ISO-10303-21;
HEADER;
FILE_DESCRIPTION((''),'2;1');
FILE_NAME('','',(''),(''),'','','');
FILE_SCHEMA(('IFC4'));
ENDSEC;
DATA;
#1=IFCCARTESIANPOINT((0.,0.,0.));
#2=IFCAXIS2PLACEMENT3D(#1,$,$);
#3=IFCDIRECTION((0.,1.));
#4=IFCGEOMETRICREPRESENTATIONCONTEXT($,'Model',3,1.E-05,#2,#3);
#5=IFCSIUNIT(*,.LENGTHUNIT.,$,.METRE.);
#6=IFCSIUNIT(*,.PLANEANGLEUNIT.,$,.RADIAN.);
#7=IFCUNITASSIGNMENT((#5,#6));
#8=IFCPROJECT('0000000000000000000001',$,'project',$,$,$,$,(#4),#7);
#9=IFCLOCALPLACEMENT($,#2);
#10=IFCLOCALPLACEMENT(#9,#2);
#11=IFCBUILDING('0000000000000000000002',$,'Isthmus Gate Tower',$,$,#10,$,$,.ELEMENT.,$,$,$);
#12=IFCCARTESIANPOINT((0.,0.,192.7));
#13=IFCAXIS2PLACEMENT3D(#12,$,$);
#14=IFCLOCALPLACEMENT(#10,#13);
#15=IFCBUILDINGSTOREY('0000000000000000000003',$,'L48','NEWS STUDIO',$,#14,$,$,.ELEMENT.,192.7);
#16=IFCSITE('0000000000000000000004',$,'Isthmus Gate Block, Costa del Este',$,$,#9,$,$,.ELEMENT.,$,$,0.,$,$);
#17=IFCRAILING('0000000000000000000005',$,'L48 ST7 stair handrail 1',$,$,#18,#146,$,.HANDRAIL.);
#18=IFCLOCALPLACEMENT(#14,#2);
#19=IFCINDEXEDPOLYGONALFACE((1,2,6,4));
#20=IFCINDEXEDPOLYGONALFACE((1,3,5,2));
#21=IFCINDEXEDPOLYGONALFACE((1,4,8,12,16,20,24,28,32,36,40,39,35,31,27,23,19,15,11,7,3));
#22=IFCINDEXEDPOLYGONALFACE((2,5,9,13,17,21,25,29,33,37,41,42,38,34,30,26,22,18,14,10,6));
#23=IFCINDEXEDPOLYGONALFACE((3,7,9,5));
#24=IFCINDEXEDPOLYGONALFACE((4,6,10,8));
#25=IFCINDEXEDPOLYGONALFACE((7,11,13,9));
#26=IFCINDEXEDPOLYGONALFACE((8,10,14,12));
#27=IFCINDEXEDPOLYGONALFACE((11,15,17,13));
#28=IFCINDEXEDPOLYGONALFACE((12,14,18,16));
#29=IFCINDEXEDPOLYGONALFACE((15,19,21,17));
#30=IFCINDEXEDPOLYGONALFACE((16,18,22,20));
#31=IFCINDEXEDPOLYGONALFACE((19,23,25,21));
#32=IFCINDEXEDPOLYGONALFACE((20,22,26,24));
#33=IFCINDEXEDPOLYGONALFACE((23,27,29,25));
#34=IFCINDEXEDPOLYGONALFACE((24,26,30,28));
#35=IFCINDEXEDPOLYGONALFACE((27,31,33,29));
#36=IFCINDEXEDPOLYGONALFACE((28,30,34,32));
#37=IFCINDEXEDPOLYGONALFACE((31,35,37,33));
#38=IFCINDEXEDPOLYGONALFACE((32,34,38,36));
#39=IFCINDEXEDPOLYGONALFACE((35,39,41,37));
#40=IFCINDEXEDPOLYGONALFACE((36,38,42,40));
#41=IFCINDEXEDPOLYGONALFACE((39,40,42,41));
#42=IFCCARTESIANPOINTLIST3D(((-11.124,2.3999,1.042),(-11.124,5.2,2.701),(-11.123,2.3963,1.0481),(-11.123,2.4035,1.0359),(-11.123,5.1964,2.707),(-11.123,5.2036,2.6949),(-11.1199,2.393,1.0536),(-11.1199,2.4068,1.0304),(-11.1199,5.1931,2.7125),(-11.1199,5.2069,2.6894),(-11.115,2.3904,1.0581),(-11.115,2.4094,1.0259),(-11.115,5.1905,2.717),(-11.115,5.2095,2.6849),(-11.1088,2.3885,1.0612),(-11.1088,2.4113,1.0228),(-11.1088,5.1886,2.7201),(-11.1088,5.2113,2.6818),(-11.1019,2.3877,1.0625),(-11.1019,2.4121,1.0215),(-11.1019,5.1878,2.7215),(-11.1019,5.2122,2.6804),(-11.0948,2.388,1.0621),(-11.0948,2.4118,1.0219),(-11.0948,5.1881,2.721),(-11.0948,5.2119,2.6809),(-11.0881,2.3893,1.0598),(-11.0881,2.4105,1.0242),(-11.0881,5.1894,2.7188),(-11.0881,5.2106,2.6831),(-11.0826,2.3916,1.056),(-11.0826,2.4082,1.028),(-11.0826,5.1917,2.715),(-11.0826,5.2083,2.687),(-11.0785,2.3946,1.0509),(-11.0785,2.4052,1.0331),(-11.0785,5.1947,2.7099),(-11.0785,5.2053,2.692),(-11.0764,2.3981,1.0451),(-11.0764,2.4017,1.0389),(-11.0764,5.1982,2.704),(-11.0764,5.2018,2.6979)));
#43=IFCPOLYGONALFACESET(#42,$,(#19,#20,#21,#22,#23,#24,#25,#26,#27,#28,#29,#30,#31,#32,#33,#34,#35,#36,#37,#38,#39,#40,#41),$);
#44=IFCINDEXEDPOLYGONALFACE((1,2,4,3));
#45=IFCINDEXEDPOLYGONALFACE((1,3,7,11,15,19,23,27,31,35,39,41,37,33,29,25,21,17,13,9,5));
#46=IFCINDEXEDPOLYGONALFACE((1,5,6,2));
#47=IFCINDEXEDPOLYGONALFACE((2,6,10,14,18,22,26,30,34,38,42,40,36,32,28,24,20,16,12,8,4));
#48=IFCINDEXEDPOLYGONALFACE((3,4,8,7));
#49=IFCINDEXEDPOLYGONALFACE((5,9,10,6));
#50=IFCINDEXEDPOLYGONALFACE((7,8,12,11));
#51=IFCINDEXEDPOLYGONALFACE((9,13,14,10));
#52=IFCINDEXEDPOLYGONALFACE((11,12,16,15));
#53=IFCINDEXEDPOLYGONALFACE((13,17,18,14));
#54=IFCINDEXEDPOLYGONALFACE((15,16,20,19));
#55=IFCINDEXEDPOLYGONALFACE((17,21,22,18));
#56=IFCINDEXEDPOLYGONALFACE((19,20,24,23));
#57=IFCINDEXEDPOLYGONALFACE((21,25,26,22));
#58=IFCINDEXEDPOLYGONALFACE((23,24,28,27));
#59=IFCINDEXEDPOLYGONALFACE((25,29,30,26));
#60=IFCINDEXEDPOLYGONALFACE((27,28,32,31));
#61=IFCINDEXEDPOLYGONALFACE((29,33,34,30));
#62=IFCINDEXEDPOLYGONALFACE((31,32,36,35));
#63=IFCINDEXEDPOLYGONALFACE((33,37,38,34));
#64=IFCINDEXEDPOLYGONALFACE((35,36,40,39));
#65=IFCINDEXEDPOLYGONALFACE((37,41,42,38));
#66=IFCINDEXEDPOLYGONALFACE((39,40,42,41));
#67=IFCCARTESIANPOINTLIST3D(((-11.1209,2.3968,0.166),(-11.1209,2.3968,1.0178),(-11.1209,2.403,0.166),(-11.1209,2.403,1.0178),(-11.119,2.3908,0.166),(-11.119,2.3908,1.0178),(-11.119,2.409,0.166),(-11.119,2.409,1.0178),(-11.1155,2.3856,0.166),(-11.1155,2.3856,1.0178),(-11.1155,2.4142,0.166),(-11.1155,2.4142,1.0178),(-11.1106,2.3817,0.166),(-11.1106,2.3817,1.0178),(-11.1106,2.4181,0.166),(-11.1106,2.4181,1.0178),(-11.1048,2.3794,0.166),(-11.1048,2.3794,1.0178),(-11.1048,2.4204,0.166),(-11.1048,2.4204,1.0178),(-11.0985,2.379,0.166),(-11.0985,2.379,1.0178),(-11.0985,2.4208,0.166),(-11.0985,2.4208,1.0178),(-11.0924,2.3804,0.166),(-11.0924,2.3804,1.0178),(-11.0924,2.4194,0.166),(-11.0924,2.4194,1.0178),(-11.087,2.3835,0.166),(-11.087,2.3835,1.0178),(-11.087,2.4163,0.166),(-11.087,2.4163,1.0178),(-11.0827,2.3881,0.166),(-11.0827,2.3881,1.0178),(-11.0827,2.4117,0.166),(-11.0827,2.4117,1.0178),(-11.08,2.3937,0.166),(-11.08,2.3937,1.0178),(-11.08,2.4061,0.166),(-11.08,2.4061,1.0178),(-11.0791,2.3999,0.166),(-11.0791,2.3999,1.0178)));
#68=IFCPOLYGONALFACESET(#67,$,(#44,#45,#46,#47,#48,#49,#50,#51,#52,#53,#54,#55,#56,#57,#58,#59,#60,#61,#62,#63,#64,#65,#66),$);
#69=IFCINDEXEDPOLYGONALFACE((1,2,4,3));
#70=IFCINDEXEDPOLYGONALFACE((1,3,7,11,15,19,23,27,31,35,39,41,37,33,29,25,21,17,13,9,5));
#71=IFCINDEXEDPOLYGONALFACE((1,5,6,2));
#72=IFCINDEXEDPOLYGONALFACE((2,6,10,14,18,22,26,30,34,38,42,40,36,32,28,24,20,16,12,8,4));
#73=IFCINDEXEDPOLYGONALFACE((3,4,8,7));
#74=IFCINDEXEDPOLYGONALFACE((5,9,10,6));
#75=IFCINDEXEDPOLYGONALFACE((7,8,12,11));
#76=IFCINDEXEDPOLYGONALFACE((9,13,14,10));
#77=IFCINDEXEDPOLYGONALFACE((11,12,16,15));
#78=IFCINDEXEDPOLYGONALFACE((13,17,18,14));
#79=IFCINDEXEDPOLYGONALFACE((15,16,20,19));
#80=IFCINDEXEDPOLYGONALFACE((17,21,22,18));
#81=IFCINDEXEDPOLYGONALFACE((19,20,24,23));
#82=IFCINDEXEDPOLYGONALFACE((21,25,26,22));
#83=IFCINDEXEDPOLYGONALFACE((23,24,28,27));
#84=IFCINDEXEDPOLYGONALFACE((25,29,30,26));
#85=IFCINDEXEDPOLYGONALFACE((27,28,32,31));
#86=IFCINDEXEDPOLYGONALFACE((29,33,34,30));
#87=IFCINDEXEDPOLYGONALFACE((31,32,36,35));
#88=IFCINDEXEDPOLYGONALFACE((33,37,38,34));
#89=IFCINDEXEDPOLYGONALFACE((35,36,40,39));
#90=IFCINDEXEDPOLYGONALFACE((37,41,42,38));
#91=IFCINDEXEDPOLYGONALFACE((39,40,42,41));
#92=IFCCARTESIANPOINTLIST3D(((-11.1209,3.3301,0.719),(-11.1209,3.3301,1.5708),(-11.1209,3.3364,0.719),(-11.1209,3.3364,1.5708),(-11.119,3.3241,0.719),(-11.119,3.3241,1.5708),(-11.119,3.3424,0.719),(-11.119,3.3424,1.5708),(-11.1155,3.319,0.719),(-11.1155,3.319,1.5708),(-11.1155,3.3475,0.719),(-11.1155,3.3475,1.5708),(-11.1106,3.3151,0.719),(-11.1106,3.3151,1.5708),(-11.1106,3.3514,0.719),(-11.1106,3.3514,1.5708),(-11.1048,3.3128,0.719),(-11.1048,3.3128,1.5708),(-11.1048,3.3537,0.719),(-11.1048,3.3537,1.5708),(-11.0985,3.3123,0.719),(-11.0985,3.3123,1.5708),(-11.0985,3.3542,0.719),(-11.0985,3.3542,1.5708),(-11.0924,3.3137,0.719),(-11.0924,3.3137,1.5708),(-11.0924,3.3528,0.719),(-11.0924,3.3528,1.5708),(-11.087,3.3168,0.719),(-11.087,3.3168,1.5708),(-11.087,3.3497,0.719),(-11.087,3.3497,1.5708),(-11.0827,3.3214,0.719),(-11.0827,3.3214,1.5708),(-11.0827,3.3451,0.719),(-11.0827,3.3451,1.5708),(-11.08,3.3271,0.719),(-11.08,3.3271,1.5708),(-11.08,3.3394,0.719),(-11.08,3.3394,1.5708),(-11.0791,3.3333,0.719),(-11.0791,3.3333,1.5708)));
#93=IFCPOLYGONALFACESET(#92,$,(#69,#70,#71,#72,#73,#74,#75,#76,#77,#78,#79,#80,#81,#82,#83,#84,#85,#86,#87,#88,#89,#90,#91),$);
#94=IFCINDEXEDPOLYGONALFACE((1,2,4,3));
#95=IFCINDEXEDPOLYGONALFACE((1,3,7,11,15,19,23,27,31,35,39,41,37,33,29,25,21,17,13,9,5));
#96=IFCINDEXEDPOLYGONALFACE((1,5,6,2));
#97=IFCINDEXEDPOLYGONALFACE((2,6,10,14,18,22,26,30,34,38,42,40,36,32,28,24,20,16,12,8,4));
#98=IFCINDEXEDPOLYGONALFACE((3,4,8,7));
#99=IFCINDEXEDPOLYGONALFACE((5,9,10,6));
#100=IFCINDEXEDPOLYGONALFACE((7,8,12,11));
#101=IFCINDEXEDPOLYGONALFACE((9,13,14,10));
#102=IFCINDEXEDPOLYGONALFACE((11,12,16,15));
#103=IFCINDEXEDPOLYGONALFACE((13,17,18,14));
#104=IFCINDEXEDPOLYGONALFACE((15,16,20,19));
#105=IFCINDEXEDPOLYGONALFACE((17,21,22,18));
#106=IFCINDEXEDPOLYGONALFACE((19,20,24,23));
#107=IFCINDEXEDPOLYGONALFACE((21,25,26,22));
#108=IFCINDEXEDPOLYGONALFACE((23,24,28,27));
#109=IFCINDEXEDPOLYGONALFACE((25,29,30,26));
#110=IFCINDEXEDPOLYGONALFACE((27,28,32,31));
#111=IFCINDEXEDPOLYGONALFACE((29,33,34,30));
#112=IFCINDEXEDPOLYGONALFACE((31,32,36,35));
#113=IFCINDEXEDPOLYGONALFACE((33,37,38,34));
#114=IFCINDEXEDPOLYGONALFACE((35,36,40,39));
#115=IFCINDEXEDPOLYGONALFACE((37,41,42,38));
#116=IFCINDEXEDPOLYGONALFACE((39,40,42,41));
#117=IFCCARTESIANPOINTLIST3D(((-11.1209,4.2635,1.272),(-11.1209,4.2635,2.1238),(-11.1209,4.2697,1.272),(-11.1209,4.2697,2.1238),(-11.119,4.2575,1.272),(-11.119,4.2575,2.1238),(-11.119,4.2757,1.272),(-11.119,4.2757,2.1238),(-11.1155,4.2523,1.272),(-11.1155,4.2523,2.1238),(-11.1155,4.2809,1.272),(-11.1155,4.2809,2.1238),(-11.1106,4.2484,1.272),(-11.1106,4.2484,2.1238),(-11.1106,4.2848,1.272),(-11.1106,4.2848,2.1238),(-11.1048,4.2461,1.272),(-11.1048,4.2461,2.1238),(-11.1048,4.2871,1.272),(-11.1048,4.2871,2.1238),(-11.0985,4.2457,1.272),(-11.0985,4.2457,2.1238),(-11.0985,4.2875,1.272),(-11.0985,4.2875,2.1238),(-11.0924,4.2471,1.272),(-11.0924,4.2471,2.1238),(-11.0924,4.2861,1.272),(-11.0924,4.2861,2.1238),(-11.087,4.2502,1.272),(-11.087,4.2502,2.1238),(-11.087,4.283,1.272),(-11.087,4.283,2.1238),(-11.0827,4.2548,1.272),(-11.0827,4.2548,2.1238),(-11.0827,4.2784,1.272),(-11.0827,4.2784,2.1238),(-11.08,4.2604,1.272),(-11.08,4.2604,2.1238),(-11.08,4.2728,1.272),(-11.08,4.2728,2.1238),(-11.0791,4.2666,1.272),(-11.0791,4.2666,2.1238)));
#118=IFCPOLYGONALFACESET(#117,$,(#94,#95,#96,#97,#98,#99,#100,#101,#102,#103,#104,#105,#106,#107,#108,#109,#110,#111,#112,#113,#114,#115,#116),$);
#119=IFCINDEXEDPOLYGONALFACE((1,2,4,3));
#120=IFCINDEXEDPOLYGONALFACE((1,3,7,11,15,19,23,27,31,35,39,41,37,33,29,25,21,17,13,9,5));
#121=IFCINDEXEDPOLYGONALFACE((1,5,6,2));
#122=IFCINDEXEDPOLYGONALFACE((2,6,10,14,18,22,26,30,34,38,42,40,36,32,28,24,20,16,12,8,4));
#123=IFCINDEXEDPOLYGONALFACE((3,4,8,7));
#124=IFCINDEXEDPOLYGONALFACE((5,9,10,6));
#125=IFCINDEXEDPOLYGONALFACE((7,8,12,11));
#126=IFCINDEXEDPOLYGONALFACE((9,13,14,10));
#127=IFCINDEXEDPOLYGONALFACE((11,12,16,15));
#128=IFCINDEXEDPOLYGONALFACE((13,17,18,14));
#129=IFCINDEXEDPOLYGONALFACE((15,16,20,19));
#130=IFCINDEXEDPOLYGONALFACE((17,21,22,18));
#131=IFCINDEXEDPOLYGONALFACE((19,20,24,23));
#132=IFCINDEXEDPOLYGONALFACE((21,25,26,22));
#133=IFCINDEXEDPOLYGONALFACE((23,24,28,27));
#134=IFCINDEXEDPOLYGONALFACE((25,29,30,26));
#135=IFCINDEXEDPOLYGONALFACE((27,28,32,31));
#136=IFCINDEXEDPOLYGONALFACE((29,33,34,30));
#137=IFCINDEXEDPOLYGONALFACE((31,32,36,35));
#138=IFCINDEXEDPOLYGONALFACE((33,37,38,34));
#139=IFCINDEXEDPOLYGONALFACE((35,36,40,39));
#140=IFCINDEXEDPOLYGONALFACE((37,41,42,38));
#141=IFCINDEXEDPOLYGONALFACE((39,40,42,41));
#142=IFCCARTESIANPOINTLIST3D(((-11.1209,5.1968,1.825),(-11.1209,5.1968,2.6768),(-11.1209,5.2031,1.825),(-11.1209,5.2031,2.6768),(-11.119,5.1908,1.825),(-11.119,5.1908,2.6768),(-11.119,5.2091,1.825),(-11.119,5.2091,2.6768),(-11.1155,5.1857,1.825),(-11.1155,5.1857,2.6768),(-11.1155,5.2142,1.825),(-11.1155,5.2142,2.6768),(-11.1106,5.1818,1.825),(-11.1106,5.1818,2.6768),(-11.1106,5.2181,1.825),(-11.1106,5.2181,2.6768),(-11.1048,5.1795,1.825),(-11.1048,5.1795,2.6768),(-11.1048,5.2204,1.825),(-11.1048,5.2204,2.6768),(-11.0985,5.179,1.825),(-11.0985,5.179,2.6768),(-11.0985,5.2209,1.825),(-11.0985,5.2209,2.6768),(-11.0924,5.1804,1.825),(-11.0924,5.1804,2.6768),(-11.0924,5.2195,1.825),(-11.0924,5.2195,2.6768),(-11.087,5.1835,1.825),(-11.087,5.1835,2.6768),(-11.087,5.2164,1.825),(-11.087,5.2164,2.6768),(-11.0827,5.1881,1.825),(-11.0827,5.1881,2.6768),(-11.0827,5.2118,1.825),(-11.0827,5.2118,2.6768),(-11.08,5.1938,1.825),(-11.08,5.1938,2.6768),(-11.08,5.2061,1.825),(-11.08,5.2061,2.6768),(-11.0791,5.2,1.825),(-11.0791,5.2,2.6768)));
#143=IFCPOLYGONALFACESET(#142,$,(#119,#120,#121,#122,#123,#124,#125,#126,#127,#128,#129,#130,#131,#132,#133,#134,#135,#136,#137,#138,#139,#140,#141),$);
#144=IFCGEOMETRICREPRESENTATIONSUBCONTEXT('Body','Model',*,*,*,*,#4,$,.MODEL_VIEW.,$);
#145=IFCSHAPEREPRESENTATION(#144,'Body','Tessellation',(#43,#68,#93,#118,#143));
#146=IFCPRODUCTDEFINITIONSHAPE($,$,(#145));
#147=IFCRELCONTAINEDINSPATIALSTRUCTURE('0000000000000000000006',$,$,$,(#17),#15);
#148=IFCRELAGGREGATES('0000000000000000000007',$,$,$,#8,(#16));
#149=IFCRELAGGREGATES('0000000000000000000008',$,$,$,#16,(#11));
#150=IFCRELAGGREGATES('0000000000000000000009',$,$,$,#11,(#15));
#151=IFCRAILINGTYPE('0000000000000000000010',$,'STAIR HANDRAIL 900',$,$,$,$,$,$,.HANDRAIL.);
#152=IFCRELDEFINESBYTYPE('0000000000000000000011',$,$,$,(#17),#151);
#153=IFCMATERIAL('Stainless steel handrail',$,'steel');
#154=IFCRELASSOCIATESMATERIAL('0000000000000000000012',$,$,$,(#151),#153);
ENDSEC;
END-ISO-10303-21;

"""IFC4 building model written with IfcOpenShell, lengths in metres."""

from ifc_helpers import new_model, si_unit, direction, frame, origin, origin_2d, place, context, subcontext, project, spatial, circle, extrude, material, type_object, element, save


model = new_model("IFC4")

# Units and contexts
model_context = context("Model", 3, precision=1e-05, world=origin(), true_north=direction((0.0, 1.0)))
body_context = subcontext(model_context, "Body", "Model", "MODEL_VIEW")
ifc_project = project(units=[si_unit("LENGTHUNIT", "METRE"), si_unit("PLANEANGLEUNIT", "RADIAN")], contexts=[model_context])

# Site, building, storey
site_placement = place(None, origin())
site = spatial("IfcSite", under=ifc_project, at=site_placement, Name="Isthmus Gate Block, Costa del Este", CompositionType="ELEMENT", RefElevation=0.0)
building_placement = place(site_placement, origin())
building = spatial("IfcBuilding", under=site, at=building_placement, Name="Isthmus Gate Tower", CompositionType="ELEMENT")
storey_placement = place(building_placement, frame((0.0, 0.0, 192.7)))
storey = spatial("IfcBuildingStorey", under=building, at=storey_placement, Name="L48", Description="NEWS STUDIO", CompositionType="ELEMENT", Elevation=192.7)

# Railing
ifc_material_1 = material(Name="Stainless steel handrail", Category="steel")
railing_type_1 = type_object("IfcRailingType", Name="STAIR HANDRAIL 900", PredefinedType="HANDRAIL", material=ifc_material_1)
railing_1_placement = place(storey_placement, frame((-11.1001, 2.3999, 0.166)))
element("IfcRailing", 1, at=railing_1_placement, inside=storey, type_object=railing_type_1, Name="L48 ST7 stair handrail 1", PredefinedType="HANDRAIL", context=body_context, shape_type="SweptSolid", body=[
    extrude(circle(Radius=0.0239, at=origin_2d()), frame((0.0, 0.0, 0.876), z_axis=(0.0, 0.860339, 0.509722), x_axis=(-1.0, 0.0, 0.0)), (0.0, 0.0, 1.0), 3.2546),
    extrude(circle(Radius=0.021, at=origin_2d()), origin(), (0.0, 0.0, 1.0), 0.8518),
    extrude(circle(Radius=0.021, at=origin_2d()), frame((0.0, 0.9333, 0.553)), (0.0, 0.0, 1.0), 0.8518),
    extrude(circle(Radius=0.021, at=origin_2d()), frame((0.0, 1.8667, 1.106)), (0.0, 0.0, 1.0), 0.8518),
    extrude(circle(Radius=0.021, at=origin_2d()), frame((0.0, 2.8, 1.6589)), (0.0, 0.0, 1.0), 0.8518),
])

save(model, "model.ifc")
